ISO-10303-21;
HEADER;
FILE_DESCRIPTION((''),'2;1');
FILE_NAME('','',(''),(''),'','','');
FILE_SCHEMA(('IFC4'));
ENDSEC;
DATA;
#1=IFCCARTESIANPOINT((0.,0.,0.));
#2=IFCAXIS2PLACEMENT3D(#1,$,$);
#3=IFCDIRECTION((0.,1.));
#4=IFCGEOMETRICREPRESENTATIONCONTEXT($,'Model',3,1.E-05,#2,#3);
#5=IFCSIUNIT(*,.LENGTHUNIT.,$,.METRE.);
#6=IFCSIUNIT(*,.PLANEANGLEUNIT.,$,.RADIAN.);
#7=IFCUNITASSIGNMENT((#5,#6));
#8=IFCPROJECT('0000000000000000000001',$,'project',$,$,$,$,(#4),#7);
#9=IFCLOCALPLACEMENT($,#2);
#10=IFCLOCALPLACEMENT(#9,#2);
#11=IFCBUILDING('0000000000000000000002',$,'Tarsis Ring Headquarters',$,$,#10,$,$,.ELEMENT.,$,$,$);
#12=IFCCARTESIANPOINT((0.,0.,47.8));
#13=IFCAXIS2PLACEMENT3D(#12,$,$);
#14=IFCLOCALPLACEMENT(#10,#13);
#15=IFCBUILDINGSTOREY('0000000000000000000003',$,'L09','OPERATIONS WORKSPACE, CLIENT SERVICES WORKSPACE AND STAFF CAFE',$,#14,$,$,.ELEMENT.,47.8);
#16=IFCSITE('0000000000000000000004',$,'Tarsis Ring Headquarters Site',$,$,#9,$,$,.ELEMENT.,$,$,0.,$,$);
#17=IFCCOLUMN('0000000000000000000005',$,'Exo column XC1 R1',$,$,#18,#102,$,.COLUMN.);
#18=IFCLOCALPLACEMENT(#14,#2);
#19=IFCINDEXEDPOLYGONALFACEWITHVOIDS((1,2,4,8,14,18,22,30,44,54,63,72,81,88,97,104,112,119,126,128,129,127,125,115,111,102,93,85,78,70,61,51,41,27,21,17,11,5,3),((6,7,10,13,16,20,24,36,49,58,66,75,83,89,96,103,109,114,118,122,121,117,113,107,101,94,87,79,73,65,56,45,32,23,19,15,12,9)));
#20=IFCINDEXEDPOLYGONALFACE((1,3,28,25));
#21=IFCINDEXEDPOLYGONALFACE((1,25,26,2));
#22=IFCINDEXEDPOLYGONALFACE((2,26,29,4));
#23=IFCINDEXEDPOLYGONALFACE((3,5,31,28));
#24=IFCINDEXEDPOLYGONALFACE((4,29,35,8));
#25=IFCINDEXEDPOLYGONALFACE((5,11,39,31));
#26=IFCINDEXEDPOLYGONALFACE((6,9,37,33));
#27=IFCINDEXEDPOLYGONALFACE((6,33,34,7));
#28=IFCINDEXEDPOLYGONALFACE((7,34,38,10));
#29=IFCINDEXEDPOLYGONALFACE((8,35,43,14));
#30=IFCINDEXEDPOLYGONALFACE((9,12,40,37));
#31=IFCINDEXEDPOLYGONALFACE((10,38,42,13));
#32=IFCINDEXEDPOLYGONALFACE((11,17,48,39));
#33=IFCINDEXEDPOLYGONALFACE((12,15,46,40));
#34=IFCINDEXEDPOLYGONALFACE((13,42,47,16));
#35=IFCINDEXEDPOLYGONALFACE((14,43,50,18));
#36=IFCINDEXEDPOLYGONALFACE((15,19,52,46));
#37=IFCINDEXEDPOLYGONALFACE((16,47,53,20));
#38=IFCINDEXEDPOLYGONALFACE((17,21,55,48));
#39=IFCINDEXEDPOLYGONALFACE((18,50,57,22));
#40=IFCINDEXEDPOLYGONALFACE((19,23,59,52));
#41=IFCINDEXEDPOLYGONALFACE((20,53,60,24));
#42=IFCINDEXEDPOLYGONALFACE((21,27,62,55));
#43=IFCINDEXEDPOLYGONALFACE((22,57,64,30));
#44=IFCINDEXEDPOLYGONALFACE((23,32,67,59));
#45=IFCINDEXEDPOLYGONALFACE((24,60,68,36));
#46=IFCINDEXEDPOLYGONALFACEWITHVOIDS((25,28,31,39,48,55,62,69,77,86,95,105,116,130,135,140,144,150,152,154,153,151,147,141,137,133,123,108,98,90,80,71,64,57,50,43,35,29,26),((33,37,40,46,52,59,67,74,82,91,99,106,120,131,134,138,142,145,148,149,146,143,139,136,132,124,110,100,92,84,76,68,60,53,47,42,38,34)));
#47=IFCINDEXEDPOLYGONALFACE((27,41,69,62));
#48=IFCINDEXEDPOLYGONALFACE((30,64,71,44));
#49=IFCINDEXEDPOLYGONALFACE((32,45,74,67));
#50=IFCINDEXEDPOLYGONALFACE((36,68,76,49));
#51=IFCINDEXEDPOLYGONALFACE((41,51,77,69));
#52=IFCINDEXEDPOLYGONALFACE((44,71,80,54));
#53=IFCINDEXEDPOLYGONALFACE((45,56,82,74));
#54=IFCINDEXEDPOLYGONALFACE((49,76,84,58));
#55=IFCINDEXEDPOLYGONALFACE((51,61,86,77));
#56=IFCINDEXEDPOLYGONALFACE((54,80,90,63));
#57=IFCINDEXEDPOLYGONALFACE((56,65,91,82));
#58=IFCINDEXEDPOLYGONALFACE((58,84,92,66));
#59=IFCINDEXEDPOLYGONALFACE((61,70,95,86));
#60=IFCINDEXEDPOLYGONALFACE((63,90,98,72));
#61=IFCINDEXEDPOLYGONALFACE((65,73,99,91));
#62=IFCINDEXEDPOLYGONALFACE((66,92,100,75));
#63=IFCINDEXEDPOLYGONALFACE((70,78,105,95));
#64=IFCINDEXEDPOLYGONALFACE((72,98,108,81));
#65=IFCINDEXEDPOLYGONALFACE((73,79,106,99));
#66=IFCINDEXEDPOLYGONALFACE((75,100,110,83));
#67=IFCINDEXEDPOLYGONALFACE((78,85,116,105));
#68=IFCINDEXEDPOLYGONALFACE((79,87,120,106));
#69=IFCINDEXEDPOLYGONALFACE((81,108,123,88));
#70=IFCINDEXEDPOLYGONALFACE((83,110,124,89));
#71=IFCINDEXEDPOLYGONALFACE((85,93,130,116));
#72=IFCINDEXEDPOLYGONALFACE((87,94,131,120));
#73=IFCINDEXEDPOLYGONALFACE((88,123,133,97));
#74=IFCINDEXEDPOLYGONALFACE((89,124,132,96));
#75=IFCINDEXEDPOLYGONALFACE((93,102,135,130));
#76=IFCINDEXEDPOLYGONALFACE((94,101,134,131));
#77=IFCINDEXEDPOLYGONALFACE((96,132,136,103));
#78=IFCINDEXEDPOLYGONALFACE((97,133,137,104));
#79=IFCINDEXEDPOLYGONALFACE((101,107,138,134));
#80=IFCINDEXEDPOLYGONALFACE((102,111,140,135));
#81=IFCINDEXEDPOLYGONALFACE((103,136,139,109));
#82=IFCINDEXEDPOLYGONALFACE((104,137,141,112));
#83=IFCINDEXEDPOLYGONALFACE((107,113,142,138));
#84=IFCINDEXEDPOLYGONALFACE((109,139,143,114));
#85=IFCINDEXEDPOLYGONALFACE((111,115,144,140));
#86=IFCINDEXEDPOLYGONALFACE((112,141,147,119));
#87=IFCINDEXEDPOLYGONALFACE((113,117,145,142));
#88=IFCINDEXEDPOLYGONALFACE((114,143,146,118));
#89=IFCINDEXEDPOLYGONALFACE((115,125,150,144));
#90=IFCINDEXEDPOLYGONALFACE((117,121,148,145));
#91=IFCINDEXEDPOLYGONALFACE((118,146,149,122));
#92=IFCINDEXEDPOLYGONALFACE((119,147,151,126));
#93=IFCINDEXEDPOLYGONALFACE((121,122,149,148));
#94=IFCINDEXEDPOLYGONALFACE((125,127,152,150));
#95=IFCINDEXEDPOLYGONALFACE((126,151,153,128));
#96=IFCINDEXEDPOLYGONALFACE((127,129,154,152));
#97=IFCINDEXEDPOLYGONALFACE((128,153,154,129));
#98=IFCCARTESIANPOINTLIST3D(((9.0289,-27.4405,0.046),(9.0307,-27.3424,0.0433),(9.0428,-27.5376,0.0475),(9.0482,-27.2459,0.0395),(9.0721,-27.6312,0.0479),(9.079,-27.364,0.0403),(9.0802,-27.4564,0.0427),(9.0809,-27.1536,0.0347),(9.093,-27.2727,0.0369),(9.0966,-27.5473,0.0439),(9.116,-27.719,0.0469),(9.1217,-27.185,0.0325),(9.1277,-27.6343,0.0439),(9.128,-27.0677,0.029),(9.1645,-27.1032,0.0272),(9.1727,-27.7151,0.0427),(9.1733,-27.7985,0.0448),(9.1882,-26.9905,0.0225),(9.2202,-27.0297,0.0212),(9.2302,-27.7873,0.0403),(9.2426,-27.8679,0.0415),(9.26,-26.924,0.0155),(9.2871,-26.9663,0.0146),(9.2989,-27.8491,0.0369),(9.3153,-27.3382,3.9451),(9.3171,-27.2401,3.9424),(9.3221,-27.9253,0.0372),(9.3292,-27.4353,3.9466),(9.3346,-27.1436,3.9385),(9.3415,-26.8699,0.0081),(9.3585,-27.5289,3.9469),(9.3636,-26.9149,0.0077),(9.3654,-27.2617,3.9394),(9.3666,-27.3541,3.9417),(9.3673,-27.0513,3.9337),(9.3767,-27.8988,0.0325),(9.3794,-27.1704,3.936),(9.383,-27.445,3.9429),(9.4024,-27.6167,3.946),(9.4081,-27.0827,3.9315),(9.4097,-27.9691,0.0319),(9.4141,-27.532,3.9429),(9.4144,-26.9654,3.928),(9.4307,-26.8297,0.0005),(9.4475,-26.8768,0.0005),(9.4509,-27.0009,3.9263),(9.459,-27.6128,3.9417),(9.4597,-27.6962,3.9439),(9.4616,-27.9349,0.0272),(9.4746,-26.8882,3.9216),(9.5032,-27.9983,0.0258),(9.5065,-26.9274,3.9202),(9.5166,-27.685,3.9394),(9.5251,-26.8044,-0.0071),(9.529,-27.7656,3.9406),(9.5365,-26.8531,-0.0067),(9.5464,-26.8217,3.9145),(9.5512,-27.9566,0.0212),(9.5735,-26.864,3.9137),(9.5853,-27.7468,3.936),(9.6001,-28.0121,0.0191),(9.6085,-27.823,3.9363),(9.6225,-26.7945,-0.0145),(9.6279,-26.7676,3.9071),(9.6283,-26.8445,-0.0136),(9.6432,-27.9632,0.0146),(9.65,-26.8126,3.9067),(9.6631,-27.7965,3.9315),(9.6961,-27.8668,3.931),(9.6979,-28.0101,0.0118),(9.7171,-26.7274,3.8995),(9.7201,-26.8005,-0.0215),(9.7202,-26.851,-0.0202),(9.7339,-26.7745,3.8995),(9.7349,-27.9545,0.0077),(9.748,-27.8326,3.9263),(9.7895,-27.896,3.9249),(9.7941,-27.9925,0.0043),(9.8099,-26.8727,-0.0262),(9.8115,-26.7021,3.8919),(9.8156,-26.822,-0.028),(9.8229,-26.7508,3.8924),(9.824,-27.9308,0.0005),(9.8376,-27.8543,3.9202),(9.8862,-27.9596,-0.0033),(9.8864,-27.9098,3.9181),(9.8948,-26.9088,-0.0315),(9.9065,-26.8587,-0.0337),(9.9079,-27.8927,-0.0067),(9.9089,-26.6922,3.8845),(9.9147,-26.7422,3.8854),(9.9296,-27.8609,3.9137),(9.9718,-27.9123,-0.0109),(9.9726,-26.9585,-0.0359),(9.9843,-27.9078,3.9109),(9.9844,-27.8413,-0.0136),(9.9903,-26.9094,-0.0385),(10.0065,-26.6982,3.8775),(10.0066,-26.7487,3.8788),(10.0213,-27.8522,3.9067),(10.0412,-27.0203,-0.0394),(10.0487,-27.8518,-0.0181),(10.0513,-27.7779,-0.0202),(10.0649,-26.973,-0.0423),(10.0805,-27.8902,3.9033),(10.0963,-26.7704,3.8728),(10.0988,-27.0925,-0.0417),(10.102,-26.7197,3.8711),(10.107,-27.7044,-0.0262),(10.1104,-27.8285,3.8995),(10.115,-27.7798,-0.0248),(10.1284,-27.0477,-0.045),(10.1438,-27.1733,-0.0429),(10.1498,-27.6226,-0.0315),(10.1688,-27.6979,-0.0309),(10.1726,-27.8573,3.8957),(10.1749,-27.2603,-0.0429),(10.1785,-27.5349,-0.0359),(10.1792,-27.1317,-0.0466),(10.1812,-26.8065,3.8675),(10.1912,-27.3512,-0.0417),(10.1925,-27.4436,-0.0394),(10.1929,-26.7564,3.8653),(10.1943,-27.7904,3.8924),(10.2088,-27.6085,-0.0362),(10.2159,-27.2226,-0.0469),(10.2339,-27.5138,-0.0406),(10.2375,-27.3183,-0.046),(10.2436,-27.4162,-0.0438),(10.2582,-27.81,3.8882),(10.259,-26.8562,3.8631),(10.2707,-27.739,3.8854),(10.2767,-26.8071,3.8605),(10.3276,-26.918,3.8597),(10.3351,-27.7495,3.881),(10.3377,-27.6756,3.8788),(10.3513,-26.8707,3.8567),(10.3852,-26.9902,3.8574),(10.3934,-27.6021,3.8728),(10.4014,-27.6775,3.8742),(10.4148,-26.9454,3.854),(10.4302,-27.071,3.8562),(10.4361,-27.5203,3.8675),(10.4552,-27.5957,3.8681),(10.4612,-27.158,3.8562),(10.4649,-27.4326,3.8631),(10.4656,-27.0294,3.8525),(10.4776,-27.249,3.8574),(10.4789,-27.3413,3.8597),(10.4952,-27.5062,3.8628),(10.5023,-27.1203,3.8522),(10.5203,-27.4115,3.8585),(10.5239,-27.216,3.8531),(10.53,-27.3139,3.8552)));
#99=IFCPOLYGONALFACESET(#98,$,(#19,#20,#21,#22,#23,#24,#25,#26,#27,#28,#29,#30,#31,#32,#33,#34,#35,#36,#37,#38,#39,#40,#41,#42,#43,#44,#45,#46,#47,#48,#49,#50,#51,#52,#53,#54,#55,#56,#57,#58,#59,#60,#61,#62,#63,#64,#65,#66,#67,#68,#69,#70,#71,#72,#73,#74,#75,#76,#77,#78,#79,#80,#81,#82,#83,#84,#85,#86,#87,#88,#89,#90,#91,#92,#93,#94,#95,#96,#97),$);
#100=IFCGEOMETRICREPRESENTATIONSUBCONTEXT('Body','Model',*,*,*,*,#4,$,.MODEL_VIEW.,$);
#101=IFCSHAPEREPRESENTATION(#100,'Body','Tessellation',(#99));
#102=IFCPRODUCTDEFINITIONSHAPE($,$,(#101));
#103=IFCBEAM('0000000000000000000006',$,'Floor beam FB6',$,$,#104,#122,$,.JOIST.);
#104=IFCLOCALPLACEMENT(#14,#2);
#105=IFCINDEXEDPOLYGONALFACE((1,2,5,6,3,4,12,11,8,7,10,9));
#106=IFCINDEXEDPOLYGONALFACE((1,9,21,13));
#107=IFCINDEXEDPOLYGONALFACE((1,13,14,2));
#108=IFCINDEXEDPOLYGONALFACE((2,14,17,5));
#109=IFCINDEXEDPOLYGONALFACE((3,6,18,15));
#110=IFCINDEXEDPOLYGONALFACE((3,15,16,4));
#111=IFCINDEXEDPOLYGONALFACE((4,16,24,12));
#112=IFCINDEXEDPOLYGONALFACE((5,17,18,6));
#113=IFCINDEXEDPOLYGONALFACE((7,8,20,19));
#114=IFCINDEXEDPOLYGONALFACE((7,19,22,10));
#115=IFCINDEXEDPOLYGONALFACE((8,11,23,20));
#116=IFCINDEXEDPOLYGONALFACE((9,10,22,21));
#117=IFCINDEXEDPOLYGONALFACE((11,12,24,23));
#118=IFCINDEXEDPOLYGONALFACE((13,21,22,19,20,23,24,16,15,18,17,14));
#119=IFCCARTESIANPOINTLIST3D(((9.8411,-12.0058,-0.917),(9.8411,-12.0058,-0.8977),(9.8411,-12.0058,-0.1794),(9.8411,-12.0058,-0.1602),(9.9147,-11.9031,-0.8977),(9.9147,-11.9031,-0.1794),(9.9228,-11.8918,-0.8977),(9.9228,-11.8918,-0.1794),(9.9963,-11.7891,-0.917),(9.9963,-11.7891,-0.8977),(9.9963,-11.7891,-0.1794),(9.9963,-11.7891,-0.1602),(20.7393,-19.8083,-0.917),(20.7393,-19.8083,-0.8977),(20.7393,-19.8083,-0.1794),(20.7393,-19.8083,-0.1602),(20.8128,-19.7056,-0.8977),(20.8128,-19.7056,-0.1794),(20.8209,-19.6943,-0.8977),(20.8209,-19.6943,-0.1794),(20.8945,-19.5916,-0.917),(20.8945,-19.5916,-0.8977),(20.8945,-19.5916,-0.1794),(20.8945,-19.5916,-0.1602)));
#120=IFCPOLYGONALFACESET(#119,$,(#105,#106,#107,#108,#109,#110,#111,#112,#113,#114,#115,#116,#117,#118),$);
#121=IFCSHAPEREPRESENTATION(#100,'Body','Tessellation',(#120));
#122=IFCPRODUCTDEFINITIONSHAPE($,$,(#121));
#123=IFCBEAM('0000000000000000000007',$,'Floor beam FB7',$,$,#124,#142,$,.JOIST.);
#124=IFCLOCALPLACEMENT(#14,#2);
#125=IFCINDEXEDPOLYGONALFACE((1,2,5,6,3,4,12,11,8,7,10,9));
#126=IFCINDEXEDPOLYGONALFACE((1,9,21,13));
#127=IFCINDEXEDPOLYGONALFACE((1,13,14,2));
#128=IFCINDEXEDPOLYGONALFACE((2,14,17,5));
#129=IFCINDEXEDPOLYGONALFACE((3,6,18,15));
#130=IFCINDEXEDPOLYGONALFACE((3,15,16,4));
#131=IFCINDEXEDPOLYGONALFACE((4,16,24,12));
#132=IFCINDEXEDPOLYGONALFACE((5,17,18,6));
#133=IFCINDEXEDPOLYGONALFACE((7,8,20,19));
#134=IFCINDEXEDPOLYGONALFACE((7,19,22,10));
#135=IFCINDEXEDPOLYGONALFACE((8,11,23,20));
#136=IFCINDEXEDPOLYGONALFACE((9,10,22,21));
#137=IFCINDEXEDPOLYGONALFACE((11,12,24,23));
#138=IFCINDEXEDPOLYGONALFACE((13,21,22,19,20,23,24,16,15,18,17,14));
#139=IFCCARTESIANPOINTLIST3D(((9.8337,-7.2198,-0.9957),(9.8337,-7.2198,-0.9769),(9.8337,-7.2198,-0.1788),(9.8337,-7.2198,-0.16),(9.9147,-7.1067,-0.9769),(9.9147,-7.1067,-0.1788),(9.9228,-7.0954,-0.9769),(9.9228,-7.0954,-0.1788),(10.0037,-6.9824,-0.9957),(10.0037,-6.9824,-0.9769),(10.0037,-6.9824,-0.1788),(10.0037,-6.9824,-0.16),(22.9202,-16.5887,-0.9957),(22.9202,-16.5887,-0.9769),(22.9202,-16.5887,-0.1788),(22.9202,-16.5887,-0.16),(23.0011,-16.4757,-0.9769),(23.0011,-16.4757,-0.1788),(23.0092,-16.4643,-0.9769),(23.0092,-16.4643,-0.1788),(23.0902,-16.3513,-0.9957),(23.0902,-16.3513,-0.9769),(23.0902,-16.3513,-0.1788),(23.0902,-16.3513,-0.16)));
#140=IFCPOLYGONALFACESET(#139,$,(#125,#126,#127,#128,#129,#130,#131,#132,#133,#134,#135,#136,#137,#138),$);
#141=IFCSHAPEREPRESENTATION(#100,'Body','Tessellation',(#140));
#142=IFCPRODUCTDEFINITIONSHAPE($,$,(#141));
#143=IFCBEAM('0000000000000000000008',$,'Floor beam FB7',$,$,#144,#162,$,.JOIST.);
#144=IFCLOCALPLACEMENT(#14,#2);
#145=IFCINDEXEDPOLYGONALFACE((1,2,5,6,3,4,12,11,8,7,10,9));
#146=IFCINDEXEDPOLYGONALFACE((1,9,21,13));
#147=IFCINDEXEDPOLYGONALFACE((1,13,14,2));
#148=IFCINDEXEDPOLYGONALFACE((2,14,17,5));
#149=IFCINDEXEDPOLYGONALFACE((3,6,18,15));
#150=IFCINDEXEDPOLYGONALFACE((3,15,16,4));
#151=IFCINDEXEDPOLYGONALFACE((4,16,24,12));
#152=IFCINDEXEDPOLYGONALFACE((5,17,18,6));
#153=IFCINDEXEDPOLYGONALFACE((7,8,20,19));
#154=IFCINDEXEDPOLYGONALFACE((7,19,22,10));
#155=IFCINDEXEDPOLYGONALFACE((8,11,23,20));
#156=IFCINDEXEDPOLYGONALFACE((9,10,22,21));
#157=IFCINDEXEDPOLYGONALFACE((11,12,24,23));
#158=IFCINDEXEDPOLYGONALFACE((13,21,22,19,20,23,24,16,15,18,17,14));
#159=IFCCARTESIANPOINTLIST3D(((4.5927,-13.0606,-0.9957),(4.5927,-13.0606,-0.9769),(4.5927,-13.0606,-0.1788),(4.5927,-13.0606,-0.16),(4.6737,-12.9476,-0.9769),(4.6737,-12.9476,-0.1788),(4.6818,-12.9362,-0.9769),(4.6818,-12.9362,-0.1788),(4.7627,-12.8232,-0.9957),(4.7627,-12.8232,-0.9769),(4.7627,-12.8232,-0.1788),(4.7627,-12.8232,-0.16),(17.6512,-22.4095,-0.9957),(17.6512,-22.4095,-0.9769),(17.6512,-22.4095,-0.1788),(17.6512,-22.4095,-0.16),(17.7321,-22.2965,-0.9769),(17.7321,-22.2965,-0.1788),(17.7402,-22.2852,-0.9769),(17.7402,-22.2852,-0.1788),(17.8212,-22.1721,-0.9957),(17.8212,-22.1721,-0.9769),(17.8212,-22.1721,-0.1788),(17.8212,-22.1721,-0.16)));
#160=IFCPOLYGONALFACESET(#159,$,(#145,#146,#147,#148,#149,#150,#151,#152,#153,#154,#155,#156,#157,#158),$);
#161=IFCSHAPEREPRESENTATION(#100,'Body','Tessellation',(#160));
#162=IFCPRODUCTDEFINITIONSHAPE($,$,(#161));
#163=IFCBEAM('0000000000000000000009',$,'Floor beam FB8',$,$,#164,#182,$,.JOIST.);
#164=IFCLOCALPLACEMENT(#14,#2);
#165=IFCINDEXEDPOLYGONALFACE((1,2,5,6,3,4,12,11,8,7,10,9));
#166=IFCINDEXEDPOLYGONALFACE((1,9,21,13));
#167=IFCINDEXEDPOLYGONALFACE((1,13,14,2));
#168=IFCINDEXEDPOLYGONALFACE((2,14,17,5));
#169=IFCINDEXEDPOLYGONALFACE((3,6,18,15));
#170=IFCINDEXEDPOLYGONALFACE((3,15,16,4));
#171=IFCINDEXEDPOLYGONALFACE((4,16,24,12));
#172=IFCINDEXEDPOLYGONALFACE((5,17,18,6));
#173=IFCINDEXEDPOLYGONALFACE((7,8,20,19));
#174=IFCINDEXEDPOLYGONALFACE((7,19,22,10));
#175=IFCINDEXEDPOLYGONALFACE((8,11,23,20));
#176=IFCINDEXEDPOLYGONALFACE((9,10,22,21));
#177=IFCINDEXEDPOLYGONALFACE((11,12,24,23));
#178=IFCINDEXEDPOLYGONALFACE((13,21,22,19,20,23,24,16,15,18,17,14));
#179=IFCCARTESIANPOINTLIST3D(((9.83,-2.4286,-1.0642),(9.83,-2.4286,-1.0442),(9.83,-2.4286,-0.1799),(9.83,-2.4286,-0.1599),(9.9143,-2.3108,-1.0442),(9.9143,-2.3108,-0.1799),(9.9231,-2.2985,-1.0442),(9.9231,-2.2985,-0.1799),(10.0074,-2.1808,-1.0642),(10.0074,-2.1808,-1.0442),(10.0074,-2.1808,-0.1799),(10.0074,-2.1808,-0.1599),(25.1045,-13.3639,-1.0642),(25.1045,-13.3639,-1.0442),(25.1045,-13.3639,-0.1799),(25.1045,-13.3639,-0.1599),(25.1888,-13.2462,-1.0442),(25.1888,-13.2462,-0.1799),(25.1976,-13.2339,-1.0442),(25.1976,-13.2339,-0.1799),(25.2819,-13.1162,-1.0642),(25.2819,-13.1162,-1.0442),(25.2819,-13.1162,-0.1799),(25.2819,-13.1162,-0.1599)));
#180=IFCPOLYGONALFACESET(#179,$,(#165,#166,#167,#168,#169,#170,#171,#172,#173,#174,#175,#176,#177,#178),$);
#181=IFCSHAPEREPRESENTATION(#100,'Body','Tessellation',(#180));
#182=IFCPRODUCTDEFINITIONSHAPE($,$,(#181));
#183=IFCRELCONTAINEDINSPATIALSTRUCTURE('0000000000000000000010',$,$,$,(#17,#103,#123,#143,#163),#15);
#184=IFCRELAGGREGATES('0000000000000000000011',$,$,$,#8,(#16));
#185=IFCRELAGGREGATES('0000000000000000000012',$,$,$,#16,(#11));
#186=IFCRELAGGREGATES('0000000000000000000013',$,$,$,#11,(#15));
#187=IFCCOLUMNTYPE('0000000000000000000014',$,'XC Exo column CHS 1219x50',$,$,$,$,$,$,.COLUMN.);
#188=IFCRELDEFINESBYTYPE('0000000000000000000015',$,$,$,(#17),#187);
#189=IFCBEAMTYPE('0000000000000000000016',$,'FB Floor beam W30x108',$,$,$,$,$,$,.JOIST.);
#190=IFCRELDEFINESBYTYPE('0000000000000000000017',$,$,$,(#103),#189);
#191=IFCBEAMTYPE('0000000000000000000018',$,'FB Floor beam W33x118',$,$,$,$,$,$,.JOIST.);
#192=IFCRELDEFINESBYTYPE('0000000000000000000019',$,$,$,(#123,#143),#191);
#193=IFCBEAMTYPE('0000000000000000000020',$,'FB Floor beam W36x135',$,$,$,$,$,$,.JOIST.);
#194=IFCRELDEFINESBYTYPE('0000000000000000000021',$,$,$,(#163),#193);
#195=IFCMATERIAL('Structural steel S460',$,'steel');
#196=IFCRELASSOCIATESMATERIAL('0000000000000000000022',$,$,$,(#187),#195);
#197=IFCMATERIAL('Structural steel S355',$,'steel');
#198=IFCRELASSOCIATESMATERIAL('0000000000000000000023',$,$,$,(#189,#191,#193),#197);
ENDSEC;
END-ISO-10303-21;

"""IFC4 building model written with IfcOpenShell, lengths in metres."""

from ifc_helpers import new_model, si_unit, direction, frame, origin, origin_2d, place, context, subcontext, project, spatial, hollow_circle, i_section, extrude, material, material_profile, profile_set, type_object, element, save


model = new_model("IFC4")

# Units and contexts
model_context = context("Model", 3, precision=1e-05, world=origin(), true_north=direction((0.0, 1.0)))
body_context = subcontext(model_context, "Body", "Model", "MODEL_VIEW")
ifc_project = project(units=[si_unit("LENGTHUNIT", "METRE"), si_unit("PLANEANGLEUNIT", "RADIAN")], contexts=[model_context])

# Site, building, storey
site_placement = place(None, origin())
site = spatial("IfcSite", under=ifc_project, at=site_placement, Name="Tarsis Ring Headquarters Site", CompositionType="ELEMENT", RefElevation=0.0)
building_placement = place(site_placement, origin())
building = spatial("IfcBuilding", under=site, at=building_placement, Name="Tarsis Ring Headquarters", CompositionType="ELEMENT")
storey_placement = place(building_placement, frame((0.0, 0.0, 47.8)))
storey = spatial("IfcBuildingStorey", under=building, at=storey_placement, Name="L09", Description="OPERATIONS WORKSPACE, CLIENT SERVICES WORKSPACE AND STAFF CAFE", CompositionType="ELEMENT", Elevation=47.8)

# Column
ifc_material_1 = material(Name="Structural steel S460", Category="steel")
ifc_material_profile_1 = material_profile(ifc_material_1, hollow_circle(Radius=0.6096, WallThickness=0.05, at=origin_2d()), Name="CHS 1219x50")
ifc_profile_set_1 = profile_set([ifc_material_profile_1], Name="Structural steel S460")
column_type = type_object("IfcColumnType", Name="XC Exo column CHS 1219x50", PredefinedType="COLUMN", material=ifc_profile_set_1)
column_placement = place(storey_placement, frame((9.6357, -27.4038, 0.0005), z_axis=(0.073228, 0.026157, 0.996972), x_axis=(-0.336387, 0.941724, 0.0)))
element("IfcColumn", 1, at=column_placement, inside=storey, type_object=column_type, Name="Exo column XC1 R1", PredefinedType="COLUMN", context=body_context, shape_type="SweptSolid", body=[
    extrude(hollow_circle(Radius=0.6096, WallThickness=0.05, at=origin_2d()), origin(), (0.0, 0.0, 1.0), 3.9109),
])

# Beams
ifc_material_2 = material(Name="Structural steel S355", Category="steel")
ifc_material_profile_2 = material_profile(ifc_material_2, i_section(OverallWidth=0.2666, OverallDepth=0.7568, WebThickness=0.0139, FlangeThickness=0.0193, at=origin_2d()), Name="W30x108")
ifc_profile_set_2 = profile_set([ifc_material_profile_2], Name="Structural steel S355")
beam_type_1 = type_object("IfcBeamType", Name="FB Floor beam W30x108", PredefinedType="JOIST", material=ifc_profile_set_2)
beam_1_placement = place(storey_placement, frame((9.9187, -11.8975, -0.5386), z_axis=(0.813095, -0.58213, 0.0), x_axis=(0.58213, 0.813095, 0.0)))
element("IfcBeam", 2, at=beam_1_placement, inside=storey, type_object=beam_type_1, Name="Floor beam FB6", PredefinedType="JOIST", context=body_context, shape_type="SweptSolid", body=[
    extrude(i_section(OverallWidth=0.2666, OverallDepth=0.7568, WebThickness=0.0139, FlangeThickness=0.0193, at=origin_2d()), origin(), (0.0, 0.0, 1.0), 13.4033),
])
ifc_material_profile_3 = material_profile(ifc_material_2, i_section(OverallWidth=0.292, OverallDepth=0.8357, WebThickness=0.0139, FlangeThickness=0.0188, at=origin_2d()), Name="W33x118")
ifc_profile_set_3 = profile_set([ifc_material_profile_3], Name="Structural steel S355")
beam_type_2 = type_object("IfcBeamType", Name="FB Floor beam W33x118", PredefinedType="JOIST", material=ifc_profile_set_3)
beam_2_placement = place(storey_placement, frame((9.9187, -7.1011, -0.5779), z_axis=(0.813103, -0.58212, 0.0), x_axis=(0.58212, 0.813103, 0.0)))
element("IfcBeam", 3, at=beam_2_placement, inside=storey, type_object=beam_type_2, Name="Floor beam FB7", PredefinedType="JOIST", context=body_context, shape_type="SweptSolid", body=[
    extrude(i_section(OverallWidth=0.292, OverallDepth=0.8357, WebThickness=0.0139, FlangeThickness=0.0188, at=origin_2d()), origin(), (0.0, 0.0, 1.0), 16.0945),
])
beam_3_placement = place(storey_placement, frame((4.6777, -12.9419, -0.5779), z_axis=(0.8131, -0.582124, 0.0), x_axis=(0.582124, 0.8131, 0.0)))
element("IfcBeam", 4, at=beam_3_placement, inside=storey, type_object=beam_type_2, Name="Floor beam FB7", PredefinedType="JOIST", context=body_context, shape_type="SweptSolid", body=[
    extrude(i_section(OverallWidth=0.292, OverallDepth=0.8357, WebThickness=0.0139, FlangeThickness=0.0188, at=origin_2d()), origin(), (0.0, 0.0, 1.0), 16.0601),
])
ifc_material_profile_4 = material_profile(ifc_material_2, i_section(OverallWidth=0.3047, OverallDepth=0.9043, WebThickness=0.0151, FlangeThickness=0.02, at=origin_2d()), Name="W36x135")
ifc_profile_set_4 = profile_set([ifc_material_profile_4], Name="Structural steel S355")
beam_type_3 = type_object("IfcBeamType", Name="FB Floor beam W36x135", PredefinedType="JOIST", material=ifc_profile_set_4)
beam_4_placement = place(storey_placement, frame((9.9187, -2.3047, -0.6121), z_axis=(0.813103, -0.582119, 0.0), x_axis=(0.582119, 0.813103, 0.0)))
element("IfcBeam", 5, at=beam_4_placement, inside=storey, type_object=beam_type_3, Name="Floor beam FB8", PredefinedType="JOIST", context=body_context, shape_type="SweptSolid", body=[
    extrude(i_section(OverallWidth=0.3047, OverallDepth=0.9043, WebThickness=0.0151, FlangeThickness=0.02, at=origin_2d()), origin(), (0.0, 0.0, 1.0), 18.7854),
])

save(model, "model.ifc")
